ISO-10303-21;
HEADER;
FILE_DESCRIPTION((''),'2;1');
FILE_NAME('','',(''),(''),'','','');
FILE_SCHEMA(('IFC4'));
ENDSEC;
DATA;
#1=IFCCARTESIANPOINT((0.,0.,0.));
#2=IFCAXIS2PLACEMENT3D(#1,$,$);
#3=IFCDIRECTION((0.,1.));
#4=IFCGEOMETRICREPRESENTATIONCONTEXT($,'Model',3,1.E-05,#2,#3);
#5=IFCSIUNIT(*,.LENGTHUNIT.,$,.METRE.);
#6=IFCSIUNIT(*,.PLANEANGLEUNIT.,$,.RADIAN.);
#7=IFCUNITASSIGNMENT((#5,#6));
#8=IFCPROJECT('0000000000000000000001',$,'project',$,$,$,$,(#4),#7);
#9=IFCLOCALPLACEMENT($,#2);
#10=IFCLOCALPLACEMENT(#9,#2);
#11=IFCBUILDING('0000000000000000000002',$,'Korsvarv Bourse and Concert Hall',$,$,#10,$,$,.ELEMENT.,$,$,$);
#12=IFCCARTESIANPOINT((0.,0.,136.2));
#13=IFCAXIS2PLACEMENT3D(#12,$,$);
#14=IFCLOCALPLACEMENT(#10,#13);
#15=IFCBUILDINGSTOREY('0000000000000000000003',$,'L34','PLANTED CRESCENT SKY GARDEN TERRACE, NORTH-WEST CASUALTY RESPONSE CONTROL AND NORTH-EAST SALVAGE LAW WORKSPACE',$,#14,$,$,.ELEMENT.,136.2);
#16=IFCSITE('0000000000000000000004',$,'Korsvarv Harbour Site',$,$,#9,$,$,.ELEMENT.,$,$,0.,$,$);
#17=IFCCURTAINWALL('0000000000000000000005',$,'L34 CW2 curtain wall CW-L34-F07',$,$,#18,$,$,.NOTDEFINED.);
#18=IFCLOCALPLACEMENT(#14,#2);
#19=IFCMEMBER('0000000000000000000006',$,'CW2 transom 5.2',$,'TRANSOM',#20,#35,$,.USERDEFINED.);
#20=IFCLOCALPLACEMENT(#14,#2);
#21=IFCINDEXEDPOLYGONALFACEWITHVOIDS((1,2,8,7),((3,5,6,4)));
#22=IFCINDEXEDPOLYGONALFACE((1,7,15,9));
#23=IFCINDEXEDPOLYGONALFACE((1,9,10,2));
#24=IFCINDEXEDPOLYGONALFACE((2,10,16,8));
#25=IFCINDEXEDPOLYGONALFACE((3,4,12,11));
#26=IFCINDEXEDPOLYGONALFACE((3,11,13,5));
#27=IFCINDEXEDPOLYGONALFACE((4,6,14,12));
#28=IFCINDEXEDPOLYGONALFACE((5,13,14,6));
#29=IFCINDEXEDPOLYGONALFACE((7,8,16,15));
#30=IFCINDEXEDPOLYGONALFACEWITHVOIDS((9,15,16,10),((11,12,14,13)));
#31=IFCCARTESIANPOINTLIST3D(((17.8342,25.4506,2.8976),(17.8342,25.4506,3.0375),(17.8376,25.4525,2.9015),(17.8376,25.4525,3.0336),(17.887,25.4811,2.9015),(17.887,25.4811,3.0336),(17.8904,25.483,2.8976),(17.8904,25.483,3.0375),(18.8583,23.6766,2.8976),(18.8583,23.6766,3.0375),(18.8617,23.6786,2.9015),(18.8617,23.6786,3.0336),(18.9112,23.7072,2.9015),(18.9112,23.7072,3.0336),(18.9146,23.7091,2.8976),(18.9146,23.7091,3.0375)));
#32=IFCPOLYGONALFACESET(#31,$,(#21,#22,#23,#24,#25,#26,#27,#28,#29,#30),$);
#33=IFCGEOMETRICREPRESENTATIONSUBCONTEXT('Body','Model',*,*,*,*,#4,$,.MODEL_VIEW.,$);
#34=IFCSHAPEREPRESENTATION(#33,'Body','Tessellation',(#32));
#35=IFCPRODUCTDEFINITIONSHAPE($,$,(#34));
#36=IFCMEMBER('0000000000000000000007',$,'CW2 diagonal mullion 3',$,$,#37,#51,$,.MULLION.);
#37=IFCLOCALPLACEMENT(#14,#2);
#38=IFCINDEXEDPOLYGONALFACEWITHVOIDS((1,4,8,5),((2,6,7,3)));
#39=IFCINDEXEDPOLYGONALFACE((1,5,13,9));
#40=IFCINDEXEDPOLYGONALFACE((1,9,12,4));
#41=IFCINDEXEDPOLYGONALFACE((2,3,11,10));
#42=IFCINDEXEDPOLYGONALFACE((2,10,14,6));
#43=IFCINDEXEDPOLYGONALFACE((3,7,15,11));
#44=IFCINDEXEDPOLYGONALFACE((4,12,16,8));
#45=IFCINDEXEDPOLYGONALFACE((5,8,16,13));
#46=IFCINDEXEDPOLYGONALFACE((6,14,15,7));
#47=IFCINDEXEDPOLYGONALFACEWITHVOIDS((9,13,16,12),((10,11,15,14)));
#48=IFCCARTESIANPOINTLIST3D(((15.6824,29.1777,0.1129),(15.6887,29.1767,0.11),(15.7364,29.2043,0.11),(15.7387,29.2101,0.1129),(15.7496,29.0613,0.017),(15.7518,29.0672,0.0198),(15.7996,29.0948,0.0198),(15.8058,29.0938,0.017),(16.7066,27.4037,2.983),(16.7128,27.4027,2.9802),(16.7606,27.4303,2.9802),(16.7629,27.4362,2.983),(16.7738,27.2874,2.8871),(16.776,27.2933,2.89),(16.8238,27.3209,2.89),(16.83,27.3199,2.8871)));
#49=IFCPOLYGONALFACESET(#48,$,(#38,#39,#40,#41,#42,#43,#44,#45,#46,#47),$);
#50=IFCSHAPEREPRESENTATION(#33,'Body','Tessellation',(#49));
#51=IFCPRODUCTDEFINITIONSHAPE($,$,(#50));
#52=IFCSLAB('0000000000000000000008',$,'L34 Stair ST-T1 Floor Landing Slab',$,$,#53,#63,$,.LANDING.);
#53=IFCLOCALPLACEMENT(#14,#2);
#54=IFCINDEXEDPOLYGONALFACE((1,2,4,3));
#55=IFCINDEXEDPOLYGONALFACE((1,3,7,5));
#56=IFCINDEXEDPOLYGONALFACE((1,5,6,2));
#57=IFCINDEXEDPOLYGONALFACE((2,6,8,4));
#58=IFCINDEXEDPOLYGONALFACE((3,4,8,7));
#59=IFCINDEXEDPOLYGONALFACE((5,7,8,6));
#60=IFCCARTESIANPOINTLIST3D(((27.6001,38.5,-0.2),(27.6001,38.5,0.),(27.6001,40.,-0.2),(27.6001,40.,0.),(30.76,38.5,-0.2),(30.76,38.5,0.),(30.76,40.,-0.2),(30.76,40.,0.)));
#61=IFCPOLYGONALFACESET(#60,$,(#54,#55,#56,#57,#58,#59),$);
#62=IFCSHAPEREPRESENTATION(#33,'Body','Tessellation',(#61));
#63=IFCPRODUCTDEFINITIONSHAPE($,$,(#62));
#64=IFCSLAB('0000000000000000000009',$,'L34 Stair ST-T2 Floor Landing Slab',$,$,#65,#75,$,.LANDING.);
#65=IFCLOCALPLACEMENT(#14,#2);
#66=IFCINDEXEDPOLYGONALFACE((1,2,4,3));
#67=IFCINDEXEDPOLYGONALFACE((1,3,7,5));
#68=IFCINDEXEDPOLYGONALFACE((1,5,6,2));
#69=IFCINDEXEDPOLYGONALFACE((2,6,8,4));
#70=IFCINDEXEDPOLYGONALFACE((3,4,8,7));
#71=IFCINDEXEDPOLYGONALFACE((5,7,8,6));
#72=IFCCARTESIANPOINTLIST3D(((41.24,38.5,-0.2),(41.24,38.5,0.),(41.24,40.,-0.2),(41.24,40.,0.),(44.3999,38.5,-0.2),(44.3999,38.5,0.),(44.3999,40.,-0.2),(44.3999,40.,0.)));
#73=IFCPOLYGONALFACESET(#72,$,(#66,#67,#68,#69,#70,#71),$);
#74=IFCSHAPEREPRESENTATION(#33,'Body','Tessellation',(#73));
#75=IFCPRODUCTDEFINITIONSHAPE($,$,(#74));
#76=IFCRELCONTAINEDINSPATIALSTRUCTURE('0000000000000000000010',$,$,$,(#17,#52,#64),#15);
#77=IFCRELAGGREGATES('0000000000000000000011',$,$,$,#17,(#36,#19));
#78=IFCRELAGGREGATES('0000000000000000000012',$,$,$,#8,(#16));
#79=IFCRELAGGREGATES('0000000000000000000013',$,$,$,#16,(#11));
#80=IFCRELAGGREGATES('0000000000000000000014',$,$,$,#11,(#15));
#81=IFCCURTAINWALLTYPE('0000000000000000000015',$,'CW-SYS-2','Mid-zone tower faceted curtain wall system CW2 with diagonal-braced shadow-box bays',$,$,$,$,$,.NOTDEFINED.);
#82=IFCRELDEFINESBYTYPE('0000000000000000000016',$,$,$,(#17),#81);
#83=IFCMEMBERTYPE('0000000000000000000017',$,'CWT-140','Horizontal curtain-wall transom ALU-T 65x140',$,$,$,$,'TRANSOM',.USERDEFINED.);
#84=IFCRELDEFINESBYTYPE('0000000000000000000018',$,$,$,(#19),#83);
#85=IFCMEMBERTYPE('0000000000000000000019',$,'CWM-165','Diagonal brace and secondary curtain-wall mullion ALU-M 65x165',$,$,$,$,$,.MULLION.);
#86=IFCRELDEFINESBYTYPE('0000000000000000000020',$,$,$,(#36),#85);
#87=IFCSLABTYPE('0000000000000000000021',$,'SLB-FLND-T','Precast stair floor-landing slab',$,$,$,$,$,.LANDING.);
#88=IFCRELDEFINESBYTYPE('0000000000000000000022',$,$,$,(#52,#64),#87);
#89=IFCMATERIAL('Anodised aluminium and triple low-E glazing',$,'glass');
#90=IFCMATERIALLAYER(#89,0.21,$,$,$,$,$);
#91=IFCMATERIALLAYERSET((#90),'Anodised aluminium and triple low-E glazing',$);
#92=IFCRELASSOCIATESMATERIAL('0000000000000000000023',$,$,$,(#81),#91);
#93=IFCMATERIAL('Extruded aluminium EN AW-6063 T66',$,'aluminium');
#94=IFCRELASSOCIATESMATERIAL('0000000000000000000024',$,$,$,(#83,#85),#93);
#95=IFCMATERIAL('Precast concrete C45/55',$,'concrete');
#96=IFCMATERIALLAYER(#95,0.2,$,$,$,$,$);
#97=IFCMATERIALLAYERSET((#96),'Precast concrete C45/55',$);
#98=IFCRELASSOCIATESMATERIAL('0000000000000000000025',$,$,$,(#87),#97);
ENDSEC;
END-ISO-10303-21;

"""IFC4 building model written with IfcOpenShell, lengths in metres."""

from ifc_helpers import new_model, si_unit, direction, frame, origin, origin_2d, place, context, subcontext, project, spatial, polyline, hollow_rectangle, outline, extrude, source, transform, mapped, material, layer, layer_set, material_profile, profile_set, type_object, element, aggregate, save


model = new_model("IFC4")

# Units and contexts
model_context = context("Model", 3, precision=1e-05, world=origin(), true_north=direction((0.0, 1.0)))
body_context = subcontext(model_context, "Body", "Model", "MODEL_VIEW")
ifc_project = project(units=[si_unit("LENGTHUNIT", "METRE"), si_unit("PLANEANGLEUNIT", "RADIAN")], contexts=[model_context])

# Site, building, storey
site_placement = place(None, origin())
site = spatial("IfcSite", under=ifc_project, at=site_placement, Name="Korsvarv Harbour Site", CompositionType="ELEMENT", RefElevation=0.0)
building_placement = place(site_placement, origin())
building = spatial("IfcBuilding", under=site, at=building_placement, Name="Korsvarv Bourse and Concert Hall", CompositionType="ELEMENT")
storey_placement = place(building_placement, frame((0.0, 0.0, 136.2)))
storey = spatial("IfcBuildingStorey", under=building, at=storey_placement, Name="L34", Description="PLANTED CRESCENT SKY GARDEN TERRACE, NORTH-WEST CASUALTY RESPONSE CONTROL AND NORTH-EAST SALVAGE LAW WORKSPACE", CompositionType="ELEMENT", Elevation=136.2)

# Curtain wall, members
ifc_material_1 = material(Name="Anodised aluminium and triple low-E glazing", Category="glass")
ifc_layer_1 = layer(ifc_material_1, 0.21)
ifc_layer_set_1 = layer_set([ifc_layer_1], Name="Anodised aluminium and triple low-E glazing")
curtain_wall_type = type_object("IfcCurtainWallType", Name="CW-SYS-2", Description="Mid-zone tower faceted curtain wall system CW2 with diagonal-braced shadow-box bays", PredefinedType="NOTDEFINED", material=ifc_layer_set_1)
curtain_wall_placement = place(storey_placement, origin())
curtain_wall = element("IfcCurtainWall", 1, at=curtain_wall_placement, inside=storey, type_object=curtain_wall_type, Name="L34 CW2 curtain wall CW-L34-F07", PredefinedType="NOTDEFINED")
ifc_material_2 = material(Name="Extruded aluminium EN AW-6063 T66", Category="aluminium")
ifc_material_profile_1 = material_profile(ifc_material_2, hollow_rectangle(XDim=0.0649, YDim=0.1399, WallThickness=0.0039, at=origin_2d()), Name="ALU-T 65x140")
ifc_profile_set_1 = profile_set([ifc_material_profile_1], Name="Extruded aluminium EN AW-6063 T66")
member_type_1 = type_object("IfcMemberType", Name="CWT-140", Description="Horizontal curtain-wall transom ALU-T 65x140", ElementType="TRANSOM", PredefinedType="USERDEFINED", material=ifc_profile_set_1)
shared_shape_1 = source(origin(), body_context, "Body", "SweptSolid", [
    extrude(hollow_rectangle(XDim=0.0649, YDim=0.1399, WallThickness=0.0039, at=origin_2d()), origin(), (0.0, 0.0, 1.0), 2.0483),
])
member_1_placement = place(storey_placement, frame((17.8623, 25.4668, 2.9675), z_axis=(0.499998, -0.866027, 0.0), x_axis=(0.866027, 0.499998, 0.0)))
member_1 = element("IfcMember", 2, at=member_1_placement, type_object=member_type_1, Name="CW2 transom 5.2", ObjectType="TRANSOM", PredefinedType="USERDEFINED", context=body_context, shape_type="MappedRepresentation", body=[
    mapped(shared_shape_1, transform((0.0, 0.0, 0.0), scale=1.0)),
])
ifc_material_profile_2 = material_profile(ifc_material_2, hollow_rectangle(XDim=0.0649, YDim=0.165, WallThickness=0.0049, at=origin_2d()), Name="ALU-M 65x165")
ifc_profile_set_2 = profile_set([ifc_material_profile_2], Name="Extruded aluminium EN AW-6063 T66")
member_type_2 = type_object("IfcMemberType", Name="CWM-165", Description="Diagonal brace and secondary curtain-wall mullion ALU-M 65x165", PredefinedType="MULLION", material=ifc_profile_set_2)
shared_shape_2 = source(origin(), body_context, "Body", "SweptSolid", [
    extrude(hollow_rectangle(XDim=0.0649, YDim=0.165, WallThickness=0.0049, at=origin_2d()), origin(), (0.0, 0.0, 1.0), 3.5261),
])
member_2_placement = place(storey_placement, frame((15.7441, 29.1357, 0.0649), z_axis=(0.290455, -0.503086, 0.813966), x_axis=(0.866027, 0.499998, 0.0)))
member_2 = element("IfcMember", 3, at=member_2_placement, type_object=member_type_2, Name="CW2 diagonal mullion 3", PredefinedType="MULLION", context=body_context, shape_type="MappedRepresentation", body=[
    mapped(shared_shape_2, transform((0.0, 0.0, 0.0), scale=1.0)),
])

# Slabs
ifc_material_3 = material(Name="Precast concrete C45/55", Category="concrete")
ifc_layer_2 = layer(ifc_material_3, 0.2)
ifc_layer_set_2 = layer_set([ifc_layer_2], Name="Precast concrete C45/55")
slab_type_1 = type_object("IfcSlabType", Name="SLB-FLND-T", Description="Precast stair floor-landing slab", PredefinedType="LANDING", material=ifc_layer_set_2)
slab_1_placement = place(storey_placement, frame((0.0, 0.0, -0.2)))
element("IfcSlab", 4, at=slab_1_placement, inside=storey, type_object=slab_type_1, Name="L34 Stair ST-T1 Floor Landing Slab", PredefinedType="LANDING", context=body_context, shape_type="SweptSolid", body=[
    extrude(outline(polyline([(30.76, 38.5), (30.76, 40.0), (27.6001, 40.0), (27.6001, 38.5), (30.76, 38.5)])), origin(), (0.0, 0.0, 1.0), 0.2),
])
slab_2_placement = place(storey_placement, frame((0.0, 0.0, -0.2)))
element("IfcSlab", 5, at=slab_2_placement, inside=storey, type_object=slab_type_1, Name="L34 Stair ST-T2 Floor Landing Slab", PredefinedType="LANDING", context=body_context, shape_type="SweptSolid", body=[
    extrude(outline(polyline([(44.3999, 38.5), (44.3999, 40.0), (41.24, 40.0), (41.24, 38.5), (44.3999, 38.5)])), origin(), (0.0, 0.0, 1.0), 0.2),
])

aggregate(curtain_wall, [member_2, member_1])

save(model, "model.ifc")
